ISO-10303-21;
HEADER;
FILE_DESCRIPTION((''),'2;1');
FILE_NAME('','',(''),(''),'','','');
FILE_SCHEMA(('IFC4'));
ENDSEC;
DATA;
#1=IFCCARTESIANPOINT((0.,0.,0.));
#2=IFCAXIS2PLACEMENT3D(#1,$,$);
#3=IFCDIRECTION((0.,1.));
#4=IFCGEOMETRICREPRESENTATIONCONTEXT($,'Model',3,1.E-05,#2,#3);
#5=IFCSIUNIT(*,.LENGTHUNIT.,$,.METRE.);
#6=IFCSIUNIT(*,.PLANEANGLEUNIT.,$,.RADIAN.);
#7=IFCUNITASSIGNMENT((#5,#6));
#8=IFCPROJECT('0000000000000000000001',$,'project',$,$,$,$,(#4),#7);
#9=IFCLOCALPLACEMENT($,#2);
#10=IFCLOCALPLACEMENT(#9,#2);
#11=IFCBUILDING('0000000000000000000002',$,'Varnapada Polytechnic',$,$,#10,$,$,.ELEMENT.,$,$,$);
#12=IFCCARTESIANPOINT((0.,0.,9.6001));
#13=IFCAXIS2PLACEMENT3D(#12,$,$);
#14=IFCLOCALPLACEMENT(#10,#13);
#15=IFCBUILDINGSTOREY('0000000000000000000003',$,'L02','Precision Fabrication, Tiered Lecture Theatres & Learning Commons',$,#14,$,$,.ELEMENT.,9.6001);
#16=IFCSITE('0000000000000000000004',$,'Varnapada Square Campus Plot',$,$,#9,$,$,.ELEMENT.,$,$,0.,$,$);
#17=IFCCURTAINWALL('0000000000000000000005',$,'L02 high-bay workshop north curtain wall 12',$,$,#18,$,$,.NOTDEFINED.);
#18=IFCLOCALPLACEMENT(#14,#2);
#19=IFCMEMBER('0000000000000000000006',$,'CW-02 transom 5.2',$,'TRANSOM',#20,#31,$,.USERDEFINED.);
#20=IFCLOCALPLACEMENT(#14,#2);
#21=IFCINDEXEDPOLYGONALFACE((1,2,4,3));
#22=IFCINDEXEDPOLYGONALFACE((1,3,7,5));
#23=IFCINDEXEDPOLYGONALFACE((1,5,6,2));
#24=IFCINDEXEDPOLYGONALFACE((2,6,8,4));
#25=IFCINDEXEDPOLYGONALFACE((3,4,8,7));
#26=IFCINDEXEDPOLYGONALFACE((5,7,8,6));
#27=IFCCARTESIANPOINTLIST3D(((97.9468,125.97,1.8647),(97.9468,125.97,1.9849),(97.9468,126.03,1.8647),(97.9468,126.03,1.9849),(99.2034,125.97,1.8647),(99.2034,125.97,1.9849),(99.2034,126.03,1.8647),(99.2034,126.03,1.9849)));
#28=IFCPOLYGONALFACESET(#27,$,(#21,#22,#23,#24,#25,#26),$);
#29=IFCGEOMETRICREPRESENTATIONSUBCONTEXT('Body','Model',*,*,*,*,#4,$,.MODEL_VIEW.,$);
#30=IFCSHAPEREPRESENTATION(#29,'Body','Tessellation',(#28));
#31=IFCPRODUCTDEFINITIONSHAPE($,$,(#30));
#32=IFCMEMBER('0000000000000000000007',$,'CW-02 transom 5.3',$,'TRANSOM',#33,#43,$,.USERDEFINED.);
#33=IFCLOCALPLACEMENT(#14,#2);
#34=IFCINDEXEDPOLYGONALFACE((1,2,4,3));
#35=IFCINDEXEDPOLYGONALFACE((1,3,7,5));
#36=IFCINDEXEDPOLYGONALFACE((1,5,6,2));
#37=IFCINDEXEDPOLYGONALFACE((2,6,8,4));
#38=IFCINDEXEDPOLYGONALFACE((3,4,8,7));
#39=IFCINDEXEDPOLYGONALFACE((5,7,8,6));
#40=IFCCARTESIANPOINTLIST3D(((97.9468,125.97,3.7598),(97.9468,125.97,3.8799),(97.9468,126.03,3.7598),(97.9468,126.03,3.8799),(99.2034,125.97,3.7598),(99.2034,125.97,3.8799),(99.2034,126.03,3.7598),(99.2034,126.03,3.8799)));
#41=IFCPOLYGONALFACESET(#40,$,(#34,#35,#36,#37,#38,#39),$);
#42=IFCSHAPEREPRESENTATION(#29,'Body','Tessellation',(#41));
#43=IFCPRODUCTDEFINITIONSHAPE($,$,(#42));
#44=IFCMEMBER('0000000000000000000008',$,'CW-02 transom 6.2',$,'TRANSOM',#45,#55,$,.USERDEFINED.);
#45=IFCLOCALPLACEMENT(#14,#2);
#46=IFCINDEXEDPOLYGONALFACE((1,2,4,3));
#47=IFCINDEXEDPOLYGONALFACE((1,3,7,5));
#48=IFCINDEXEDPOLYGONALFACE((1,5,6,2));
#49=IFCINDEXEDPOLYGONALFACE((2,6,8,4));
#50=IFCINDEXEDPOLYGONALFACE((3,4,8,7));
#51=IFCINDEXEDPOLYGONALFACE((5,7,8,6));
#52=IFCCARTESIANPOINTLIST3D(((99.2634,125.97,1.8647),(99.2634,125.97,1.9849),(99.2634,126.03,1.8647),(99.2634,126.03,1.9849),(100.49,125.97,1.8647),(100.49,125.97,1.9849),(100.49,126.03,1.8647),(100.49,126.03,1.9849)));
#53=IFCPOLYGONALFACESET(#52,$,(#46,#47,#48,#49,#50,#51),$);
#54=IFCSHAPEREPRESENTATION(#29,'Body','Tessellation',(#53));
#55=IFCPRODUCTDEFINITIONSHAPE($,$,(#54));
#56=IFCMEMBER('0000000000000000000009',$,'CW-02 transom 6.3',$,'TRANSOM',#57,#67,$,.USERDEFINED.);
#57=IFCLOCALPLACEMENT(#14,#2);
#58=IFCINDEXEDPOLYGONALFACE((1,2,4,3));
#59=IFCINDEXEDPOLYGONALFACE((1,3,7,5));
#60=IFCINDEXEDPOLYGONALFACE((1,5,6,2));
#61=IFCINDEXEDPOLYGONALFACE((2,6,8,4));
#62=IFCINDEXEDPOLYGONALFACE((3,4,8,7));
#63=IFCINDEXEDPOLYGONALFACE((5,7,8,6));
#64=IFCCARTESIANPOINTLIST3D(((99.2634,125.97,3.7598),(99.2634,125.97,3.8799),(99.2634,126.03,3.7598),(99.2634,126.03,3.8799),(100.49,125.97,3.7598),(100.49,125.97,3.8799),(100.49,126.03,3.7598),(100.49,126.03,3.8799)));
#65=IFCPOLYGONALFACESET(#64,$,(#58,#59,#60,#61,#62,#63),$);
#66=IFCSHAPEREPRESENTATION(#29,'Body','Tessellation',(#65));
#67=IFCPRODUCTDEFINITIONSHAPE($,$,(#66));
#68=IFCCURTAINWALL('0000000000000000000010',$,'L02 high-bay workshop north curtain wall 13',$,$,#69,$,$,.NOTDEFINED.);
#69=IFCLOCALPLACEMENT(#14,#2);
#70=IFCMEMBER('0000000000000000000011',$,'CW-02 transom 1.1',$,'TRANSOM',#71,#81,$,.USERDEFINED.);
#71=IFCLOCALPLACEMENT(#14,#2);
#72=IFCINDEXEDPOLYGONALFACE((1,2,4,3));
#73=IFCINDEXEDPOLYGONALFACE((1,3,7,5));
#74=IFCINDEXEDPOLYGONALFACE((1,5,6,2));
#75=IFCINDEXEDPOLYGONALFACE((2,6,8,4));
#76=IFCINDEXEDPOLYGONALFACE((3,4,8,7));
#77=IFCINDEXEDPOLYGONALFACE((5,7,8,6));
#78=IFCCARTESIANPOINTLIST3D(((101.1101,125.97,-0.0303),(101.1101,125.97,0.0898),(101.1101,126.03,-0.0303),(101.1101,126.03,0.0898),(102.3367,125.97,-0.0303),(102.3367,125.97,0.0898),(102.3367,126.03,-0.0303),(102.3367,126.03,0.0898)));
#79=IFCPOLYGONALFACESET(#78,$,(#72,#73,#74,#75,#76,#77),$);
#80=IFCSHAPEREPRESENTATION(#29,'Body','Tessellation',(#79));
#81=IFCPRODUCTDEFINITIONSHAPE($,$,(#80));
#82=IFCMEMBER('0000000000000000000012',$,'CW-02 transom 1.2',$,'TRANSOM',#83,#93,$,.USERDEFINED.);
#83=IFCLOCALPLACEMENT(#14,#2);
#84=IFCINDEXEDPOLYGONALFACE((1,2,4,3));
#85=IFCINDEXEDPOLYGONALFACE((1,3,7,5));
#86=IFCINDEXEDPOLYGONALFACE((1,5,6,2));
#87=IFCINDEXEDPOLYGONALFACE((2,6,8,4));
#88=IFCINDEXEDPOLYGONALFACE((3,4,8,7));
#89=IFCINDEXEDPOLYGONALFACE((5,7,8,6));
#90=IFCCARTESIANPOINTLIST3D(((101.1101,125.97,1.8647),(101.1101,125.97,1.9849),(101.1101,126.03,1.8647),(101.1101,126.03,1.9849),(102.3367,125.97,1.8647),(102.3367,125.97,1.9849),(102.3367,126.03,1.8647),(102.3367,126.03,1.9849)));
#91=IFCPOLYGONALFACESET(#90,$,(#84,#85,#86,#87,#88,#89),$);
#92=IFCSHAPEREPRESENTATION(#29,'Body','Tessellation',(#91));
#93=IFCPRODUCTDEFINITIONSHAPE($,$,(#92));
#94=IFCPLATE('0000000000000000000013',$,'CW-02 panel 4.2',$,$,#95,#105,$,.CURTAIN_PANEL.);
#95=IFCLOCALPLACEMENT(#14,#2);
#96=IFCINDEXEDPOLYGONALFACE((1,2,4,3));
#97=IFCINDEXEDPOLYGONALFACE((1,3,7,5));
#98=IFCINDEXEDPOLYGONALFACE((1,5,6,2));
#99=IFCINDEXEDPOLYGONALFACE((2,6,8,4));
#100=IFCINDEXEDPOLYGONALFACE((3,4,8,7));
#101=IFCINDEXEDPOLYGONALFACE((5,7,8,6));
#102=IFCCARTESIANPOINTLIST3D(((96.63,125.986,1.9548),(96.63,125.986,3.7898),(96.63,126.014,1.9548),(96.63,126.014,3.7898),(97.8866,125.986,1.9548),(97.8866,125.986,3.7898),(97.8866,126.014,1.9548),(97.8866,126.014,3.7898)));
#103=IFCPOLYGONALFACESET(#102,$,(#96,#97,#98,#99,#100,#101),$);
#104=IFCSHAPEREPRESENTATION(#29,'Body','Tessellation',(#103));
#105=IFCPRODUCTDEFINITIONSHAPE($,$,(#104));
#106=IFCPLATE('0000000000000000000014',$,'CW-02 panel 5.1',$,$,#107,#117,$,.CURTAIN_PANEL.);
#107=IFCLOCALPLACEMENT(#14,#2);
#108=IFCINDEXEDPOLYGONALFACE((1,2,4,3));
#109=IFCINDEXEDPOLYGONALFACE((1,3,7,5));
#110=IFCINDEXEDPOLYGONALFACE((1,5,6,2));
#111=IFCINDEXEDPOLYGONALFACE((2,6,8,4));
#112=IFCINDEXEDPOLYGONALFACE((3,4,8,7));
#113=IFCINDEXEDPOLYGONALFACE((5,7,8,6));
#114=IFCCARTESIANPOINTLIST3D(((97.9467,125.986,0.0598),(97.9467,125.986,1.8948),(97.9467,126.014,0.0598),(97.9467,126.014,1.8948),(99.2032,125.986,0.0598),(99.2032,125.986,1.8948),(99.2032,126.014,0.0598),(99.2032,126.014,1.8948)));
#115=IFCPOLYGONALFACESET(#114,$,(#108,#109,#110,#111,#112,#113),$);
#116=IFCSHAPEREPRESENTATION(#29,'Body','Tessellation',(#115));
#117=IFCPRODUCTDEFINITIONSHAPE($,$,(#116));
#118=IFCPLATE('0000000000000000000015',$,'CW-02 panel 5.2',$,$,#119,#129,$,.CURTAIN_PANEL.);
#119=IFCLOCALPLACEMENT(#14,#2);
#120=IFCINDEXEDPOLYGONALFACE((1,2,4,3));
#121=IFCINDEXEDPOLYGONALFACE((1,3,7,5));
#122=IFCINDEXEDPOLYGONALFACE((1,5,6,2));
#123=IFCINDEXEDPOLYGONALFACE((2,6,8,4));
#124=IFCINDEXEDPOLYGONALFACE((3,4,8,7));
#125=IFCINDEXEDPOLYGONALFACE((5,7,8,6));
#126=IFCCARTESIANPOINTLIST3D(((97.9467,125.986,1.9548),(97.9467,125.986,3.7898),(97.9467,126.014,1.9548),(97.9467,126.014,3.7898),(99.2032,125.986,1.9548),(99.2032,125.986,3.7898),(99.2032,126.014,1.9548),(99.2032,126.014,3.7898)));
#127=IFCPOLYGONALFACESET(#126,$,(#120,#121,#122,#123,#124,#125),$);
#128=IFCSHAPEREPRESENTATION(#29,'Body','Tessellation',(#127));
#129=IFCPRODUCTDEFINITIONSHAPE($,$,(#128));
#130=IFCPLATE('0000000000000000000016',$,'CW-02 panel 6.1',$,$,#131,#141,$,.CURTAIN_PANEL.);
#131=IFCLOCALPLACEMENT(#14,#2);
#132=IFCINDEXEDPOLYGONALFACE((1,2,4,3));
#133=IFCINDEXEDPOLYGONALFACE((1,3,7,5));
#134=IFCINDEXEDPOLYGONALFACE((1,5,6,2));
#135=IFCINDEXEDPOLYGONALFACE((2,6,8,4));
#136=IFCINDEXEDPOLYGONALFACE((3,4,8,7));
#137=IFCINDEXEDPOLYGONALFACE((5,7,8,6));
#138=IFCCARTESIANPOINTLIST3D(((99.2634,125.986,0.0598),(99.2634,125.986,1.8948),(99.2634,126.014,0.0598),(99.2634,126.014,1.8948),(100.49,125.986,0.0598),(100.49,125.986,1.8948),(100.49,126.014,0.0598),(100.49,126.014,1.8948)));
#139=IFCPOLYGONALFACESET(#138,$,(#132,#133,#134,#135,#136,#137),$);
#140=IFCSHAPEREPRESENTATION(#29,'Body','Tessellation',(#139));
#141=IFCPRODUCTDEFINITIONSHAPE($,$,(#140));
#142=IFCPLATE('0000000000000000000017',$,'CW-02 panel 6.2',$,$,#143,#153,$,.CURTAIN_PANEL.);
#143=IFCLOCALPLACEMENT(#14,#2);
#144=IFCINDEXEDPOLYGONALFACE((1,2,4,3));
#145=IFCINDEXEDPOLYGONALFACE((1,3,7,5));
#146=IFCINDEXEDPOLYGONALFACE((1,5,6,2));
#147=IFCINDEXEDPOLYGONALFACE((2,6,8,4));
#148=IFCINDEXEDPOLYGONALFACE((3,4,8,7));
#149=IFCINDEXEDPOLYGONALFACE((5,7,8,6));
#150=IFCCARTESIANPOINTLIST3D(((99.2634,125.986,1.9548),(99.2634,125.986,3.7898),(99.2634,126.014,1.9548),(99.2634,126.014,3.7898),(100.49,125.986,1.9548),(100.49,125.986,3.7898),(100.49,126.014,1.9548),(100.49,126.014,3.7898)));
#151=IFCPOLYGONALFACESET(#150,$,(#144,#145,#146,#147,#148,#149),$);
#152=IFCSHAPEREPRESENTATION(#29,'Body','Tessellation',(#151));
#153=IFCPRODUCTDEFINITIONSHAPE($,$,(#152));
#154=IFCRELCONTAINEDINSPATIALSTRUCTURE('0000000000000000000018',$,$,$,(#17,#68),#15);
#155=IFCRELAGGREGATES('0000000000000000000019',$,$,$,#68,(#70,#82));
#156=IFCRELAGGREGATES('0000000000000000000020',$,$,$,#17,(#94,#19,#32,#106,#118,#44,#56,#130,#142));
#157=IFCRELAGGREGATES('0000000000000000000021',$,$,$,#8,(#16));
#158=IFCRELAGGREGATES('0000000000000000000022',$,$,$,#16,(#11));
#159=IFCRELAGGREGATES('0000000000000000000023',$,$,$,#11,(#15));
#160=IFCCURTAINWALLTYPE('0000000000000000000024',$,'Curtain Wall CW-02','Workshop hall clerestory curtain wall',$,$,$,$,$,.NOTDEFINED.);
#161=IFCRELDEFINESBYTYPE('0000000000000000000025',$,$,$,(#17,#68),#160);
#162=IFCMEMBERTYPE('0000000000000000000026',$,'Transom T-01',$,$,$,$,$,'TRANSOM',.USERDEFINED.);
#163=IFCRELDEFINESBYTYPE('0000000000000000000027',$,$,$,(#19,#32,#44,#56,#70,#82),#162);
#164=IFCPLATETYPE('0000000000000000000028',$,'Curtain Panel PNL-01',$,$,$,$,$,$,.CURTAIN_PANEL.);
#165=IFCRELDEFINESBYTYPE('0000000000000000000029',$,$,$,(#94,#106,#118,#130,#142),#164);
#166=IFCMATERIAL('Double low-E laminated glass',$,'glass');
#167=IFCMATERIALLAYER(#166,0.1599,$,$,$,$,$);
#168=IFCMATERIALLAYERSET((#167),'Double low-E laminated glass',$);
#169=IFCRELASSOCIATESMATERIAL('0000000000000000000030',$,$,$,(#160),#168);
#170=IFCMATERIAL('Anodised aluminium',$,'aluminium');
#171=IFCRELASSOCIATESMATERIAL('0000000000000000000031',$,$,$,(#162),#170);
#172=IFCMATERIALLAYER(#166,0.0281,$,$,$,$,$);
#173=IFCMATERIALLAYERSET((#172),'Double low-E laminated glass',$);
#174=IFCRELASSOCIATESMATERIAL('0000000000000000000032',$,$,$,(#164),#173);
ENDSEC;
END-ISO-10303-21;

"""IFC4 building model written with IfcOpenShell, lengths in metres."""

from ifc_helpers import new_model, si_unit, direction, frame, origin, origin_2d, place, context, subcontext, project, spatial, rectangle, extrude, material, layer, layer_set, material_profile, profile_set, type_object, element, aggregate, save


model = new_model("IFC4")

# Units and contexts
model_context = context("Model", 3, precision=1e-05, world=origin(), true_north=direction((0.0, 1.0)))
body_context = subcontext(model_context, "Body", "Model", "MODEL_VIEW")
ifc_project = project(units=[si_unit("LENGTHUNIT", "METRE"), si_unit("PLANEANGLEUNIT", "RADIAN")], contexts=[model_context])

# Site, building, storey
site_placement = place(None, origin())
site = spatial("IfcSite", under=ifc_project, at=site_placement, Name="Varnapada Square Campus Plot", CompositionType="ELEMENT", RefElevation=0.0)
building_placement = place(site_placement, origin())
building = spatial("IfcBuilding", under=site, at=building_placement, Name="Varnapada Polytechnic", CompositionType="ELEMENT")
storey_placement = place(building_placement, frame((0.0, 0.0, 9.6001)))
storey = spatial("IfcBuildingStorey", under=building, at=storey_placement, Name="L02", Description="Precision Fabrication, Tiered Lecture Theatres & Learning Commons", CompositionType="ELEMENT", Elevation=9.6001)

# Curtain walls, members
ifc_material_1 = material(Name="Double low-E laminated glass", Category="glass")
ifc_layer_1 = layer(ifc_material_1, 0.1599)
ifc_layer_set_1 = layer_set([ifc_layer_1], Name="Double low-E laminated glass")
curtain_wall_type = type_object("IfcCurtainWallType", Name="Curtain Wall CW-02", Description="Workshop hall clerestory curtain wall", PredefinedType="NOTDEFINED", material=ifc_layer_set_1)
curtain_wall_1_placement = place(storey_placement, origin())
curtain_wall_1 = element("IfcCurtainWall", 1, at=curtain_wall_1_placement, inside=storey, type_object=curtain_wall_type, Name="L02 high-bay workshop north curtain wall 12", PredefinedType="NOTDEFINED")
ifc_material_2 = material(Name="Anodised aluminium", Category="aluminium")
ifc_material_profile = material_profile(ifc_material_2, rectangle(XDim=0.0601, YDim=0.1201, at=origin_2d()), Name="ALU T60x120")
ifc_profile_set = profile_set([ifc_material_profile], Name="Anodised aluminium")
member_type = type_object("IfcMemberType", Name="Transom T-01", ElementType="TRANSOM", PredefinedType="USERDEFINED", material=ifc_profile_set)
member_1_placement = place(storey_placement, frame((97.9468, 126.0, 1.9248), z_axis=(1.0, 0.0, 0.0), x_axis=(0.0, 1.0, 0.0)))
member_1 = element("IfcMember", 2, at=member_1_placement, type_object=member_type, Name="CW-02 transom 5.2", ObjectType="TRANSOM", PredefinedType="USERDEFINED", context=body_context, shape_type="SweptSolid", body=[
    extrude(rectangle(XDim=0.0601, YDim=0.1201, at=origin_2d()), origin(), (0.0, 0.0, 1.0), 1.2566),
])
member_2_placement = place(storey_placement, frame((97.9468, 126.0, 3.8198), z_axis=(1.0, 0.0, 0.0), x_axis=(0.0, 1.0, 0.0)))
member_2 = element("IfcMember", 3, at=member_2_placement, type_object=member_type, Name="CW-02 transom 5.3", ObjectType="TRANSOM", PredefinedType="USERDEFINED", context=body_context, shape_type="SweptSolid", body=[
    extrude(rectangle(XDim=0.0601, YDim=0.1201, at=origin_2d()), origin(), (0.0, 0.0, 1.0), 1.2566),
])
member_3_placement = place(storey_placement, frame((99.2634, 126.0, 1.9248), z_axis=(1.0, 0.0, 0.0), x_axis=(0.0, 1.0, 0.0)))
member_3 = element("IfcMember", 4, at=member_3_placement, type_object=member_type, Name="CW-02 transom 6.2", ObjectType="TRANSOM", PredefinedType="USERDEFINED", context=body_context, shape_type="SweptSolid", body=[
    extrude(rectangle(XDim=0.0601, YDim=0.1201, at=origin_2d()), origin(), (0.0, 0.0, 1.0), 1.2266),
])
member_4_placement = place(storey_placement, frame((99.2634, 126.0, 3.8198), z_axis=(1.0, 0.0, 0.0), x_axis=(0.0, 1.0, 0.0)))
member_4 = element("IfcMember", 5, at=member_4_placement, type_object=member_type, Name="CW-02 transom 6.3", ObjectType="TRANSOM", PredefinedType="USERDEFINED", context=body_context, shape_type="SweptSolid", body=[
    extrude(rectangle(XDim=0.0601, YDim=0.1201, at=origin_2d()), origin(), (0.0, 0.0, 1.0), 1.2266),
])
curtain_wall_2_placement = place(storey_placement, origin())
curtain_wall_2 = element("IfcCurtainWall", 6, at=curtain_wall_2_placement, inside=storey, type_object=curtain_wall_type, Name="L02 high-bay workshop north curtain wall 13", PredefinedType="NOTDEFINED")
member_5_placement = place(storey_placement, frame((101.1101, 126.0, 0.0298), z_axis=(1.0, 0.0, 0.0), x_axis=(0.0, 1.0, 0.0)))
member_5 = element("IfcMember", 7, at=member_5_placement, type_object=member_type, Name="CW-02 transom 1.1", ObjectType="TRANSOM", PredefinedType="USERDEFINED", context=body_context, shape_type="SweptSolid", body=[
    extrude(rectangle(XDim=0.0601, YDim=0.1201, at=origin_2d()), origin(), (0.0, 0.0, 1.0), 1.2266),
])
member_6_placement = place(storey_placement, frame((101.1101, 126.0, 1.9248), z_axis=(1.0, 0.0, 0.0), x_axis=(0.0, 1.0, 0.0)))
member_6 = element("IfcMember", 8, at=member_6_placement, type_object=member_type, Name="CW-02 transom 1.2", ObjectType="TRANSOM", PredefinedType="USERDEFINED", context=body_context, shape_type="SweptSolid", body=[
    extrude(rectangle(XDim=0.0601, YDim=0.1201, at=origin_2d()), origin(), (0.0, 0.0, 1.0), 1.2266),
])
aggregate(curtain_wall_2, [member_5, member_6])

# Plates
ifc_layer_2 = layer(ifc_material_1, 0.0281)
ifc_layer_set_2 = layer_set([ifc_layer_2], Name="Double low-E laminated glass")
plate_type = type_object("IfcPlateType", Name="Curtain Panel PNL-01", PredefinedType="CURTAIN_PANEL", material=ifc_layer_set_2)
plate_1_placement = place(storey_placement, frame((97.2583, 126.0, 1.9548), z_axis=(0.0, 0.0, 1.0), x_axis=(1.0, 0.0, 0.0)))
plate_1 = element("IfcPlate", 9, at=plate_1_placement, type_object=plate_type, Name="CW-02 panel 4.2", PredefinedType="CURTAIN_PANEL", context=body_context, shape_type="SweptSolid", body=[
    extrude(rectangle(XDim=1.2566, YDim=0.0281, at=origin_2d()), origin(), (0.0, 0.0, 1.0), 1.835),
])
plate_2_placement = place(storey_placement, frame((98.575, 126.0, 0.0598), z_axis=(0.0, 0.0, 1.0), x_axis=(1.0, 0.0, 0.0)))
plate_2 = element("IfcPlate", 10, at=plate_2_placement, type_object=plate_type, Name="CW-02 panel 5.1", PredefinedType="CURTAIN_PANEL", context=body_context, shape_type="SweptSolid", body=[
    extrude(rectangle(XDim=1.2566, YDim=0.0281, at=origin_2d()), origin(), (0.0, 0.0, 1.0), 1.835),
])
plate_3_placement = place(storey_placement, frame((98.575, 126.0, 1.9548), z_axis=(0.0, 0.0, 1.0), x_axis=(1.0, 0.0, 0.0)))
plate_3 = element("IfcPlate", 11, at=plate_3_placement, type_object=plate_type, Name="CW-02 panel 5.2", PredefinedType="CURTAIN_PANEL", context=body_context, shape_type="SweptSolid", body=[
    extrude(rectangle(XDim=1.2566, YDim=0.0281, at=origin_2d()), origin(), (0.0, 0.0, 1.0), 1.835),
])
plate_4_placement = place(storey_placement, frame((99.8767, 126.0, 0.0598), z_axis=(0.0, 0.0, 1.0), x_axis=(1.0, 0.0, 0.0)))
plate_4 = element("IfcPlate", 12, at=plate_4_placement, type_object=plate_type, Name="CW-02 panel 6.1", PredefinedType="CURTAIN_PANEL", context=body_context, shape_type="SweptSolid", body=[
    extrude(rectangle(XDim=1.2266, YDim=0.0281, at=origin_2d()), origin(), (0.0, 0.0, 1.0), 1.835),
])
plate_5_placement = place(storey_placement, frame((99.8767, 126.0, 1.9548), z_axis=(0.0, 0.0, 1.0), x_axis=(1.0, 0.0, 0.0)))
plate_5 = element("IfcPlate", 13, at=plate_5_placement, type_object=plate_type, Name="CW-02 panel 6.2", PredefinedType="CURTAIN_PANEL", context=body_context, shape_type="SweptSolid", body=[
    extrude(rectangle(XDim=1.2266, YDim=0.0281, at=origin_2d()), origin(), (0.0, 0.0, 1.0), 1.835),
])
aggregate(curtain_wall_1, [plate_1, member_1, member_2, plate_2, plate_3, member_3, member_4, plate_4, plate_5])

save(model, "model.ifc")
